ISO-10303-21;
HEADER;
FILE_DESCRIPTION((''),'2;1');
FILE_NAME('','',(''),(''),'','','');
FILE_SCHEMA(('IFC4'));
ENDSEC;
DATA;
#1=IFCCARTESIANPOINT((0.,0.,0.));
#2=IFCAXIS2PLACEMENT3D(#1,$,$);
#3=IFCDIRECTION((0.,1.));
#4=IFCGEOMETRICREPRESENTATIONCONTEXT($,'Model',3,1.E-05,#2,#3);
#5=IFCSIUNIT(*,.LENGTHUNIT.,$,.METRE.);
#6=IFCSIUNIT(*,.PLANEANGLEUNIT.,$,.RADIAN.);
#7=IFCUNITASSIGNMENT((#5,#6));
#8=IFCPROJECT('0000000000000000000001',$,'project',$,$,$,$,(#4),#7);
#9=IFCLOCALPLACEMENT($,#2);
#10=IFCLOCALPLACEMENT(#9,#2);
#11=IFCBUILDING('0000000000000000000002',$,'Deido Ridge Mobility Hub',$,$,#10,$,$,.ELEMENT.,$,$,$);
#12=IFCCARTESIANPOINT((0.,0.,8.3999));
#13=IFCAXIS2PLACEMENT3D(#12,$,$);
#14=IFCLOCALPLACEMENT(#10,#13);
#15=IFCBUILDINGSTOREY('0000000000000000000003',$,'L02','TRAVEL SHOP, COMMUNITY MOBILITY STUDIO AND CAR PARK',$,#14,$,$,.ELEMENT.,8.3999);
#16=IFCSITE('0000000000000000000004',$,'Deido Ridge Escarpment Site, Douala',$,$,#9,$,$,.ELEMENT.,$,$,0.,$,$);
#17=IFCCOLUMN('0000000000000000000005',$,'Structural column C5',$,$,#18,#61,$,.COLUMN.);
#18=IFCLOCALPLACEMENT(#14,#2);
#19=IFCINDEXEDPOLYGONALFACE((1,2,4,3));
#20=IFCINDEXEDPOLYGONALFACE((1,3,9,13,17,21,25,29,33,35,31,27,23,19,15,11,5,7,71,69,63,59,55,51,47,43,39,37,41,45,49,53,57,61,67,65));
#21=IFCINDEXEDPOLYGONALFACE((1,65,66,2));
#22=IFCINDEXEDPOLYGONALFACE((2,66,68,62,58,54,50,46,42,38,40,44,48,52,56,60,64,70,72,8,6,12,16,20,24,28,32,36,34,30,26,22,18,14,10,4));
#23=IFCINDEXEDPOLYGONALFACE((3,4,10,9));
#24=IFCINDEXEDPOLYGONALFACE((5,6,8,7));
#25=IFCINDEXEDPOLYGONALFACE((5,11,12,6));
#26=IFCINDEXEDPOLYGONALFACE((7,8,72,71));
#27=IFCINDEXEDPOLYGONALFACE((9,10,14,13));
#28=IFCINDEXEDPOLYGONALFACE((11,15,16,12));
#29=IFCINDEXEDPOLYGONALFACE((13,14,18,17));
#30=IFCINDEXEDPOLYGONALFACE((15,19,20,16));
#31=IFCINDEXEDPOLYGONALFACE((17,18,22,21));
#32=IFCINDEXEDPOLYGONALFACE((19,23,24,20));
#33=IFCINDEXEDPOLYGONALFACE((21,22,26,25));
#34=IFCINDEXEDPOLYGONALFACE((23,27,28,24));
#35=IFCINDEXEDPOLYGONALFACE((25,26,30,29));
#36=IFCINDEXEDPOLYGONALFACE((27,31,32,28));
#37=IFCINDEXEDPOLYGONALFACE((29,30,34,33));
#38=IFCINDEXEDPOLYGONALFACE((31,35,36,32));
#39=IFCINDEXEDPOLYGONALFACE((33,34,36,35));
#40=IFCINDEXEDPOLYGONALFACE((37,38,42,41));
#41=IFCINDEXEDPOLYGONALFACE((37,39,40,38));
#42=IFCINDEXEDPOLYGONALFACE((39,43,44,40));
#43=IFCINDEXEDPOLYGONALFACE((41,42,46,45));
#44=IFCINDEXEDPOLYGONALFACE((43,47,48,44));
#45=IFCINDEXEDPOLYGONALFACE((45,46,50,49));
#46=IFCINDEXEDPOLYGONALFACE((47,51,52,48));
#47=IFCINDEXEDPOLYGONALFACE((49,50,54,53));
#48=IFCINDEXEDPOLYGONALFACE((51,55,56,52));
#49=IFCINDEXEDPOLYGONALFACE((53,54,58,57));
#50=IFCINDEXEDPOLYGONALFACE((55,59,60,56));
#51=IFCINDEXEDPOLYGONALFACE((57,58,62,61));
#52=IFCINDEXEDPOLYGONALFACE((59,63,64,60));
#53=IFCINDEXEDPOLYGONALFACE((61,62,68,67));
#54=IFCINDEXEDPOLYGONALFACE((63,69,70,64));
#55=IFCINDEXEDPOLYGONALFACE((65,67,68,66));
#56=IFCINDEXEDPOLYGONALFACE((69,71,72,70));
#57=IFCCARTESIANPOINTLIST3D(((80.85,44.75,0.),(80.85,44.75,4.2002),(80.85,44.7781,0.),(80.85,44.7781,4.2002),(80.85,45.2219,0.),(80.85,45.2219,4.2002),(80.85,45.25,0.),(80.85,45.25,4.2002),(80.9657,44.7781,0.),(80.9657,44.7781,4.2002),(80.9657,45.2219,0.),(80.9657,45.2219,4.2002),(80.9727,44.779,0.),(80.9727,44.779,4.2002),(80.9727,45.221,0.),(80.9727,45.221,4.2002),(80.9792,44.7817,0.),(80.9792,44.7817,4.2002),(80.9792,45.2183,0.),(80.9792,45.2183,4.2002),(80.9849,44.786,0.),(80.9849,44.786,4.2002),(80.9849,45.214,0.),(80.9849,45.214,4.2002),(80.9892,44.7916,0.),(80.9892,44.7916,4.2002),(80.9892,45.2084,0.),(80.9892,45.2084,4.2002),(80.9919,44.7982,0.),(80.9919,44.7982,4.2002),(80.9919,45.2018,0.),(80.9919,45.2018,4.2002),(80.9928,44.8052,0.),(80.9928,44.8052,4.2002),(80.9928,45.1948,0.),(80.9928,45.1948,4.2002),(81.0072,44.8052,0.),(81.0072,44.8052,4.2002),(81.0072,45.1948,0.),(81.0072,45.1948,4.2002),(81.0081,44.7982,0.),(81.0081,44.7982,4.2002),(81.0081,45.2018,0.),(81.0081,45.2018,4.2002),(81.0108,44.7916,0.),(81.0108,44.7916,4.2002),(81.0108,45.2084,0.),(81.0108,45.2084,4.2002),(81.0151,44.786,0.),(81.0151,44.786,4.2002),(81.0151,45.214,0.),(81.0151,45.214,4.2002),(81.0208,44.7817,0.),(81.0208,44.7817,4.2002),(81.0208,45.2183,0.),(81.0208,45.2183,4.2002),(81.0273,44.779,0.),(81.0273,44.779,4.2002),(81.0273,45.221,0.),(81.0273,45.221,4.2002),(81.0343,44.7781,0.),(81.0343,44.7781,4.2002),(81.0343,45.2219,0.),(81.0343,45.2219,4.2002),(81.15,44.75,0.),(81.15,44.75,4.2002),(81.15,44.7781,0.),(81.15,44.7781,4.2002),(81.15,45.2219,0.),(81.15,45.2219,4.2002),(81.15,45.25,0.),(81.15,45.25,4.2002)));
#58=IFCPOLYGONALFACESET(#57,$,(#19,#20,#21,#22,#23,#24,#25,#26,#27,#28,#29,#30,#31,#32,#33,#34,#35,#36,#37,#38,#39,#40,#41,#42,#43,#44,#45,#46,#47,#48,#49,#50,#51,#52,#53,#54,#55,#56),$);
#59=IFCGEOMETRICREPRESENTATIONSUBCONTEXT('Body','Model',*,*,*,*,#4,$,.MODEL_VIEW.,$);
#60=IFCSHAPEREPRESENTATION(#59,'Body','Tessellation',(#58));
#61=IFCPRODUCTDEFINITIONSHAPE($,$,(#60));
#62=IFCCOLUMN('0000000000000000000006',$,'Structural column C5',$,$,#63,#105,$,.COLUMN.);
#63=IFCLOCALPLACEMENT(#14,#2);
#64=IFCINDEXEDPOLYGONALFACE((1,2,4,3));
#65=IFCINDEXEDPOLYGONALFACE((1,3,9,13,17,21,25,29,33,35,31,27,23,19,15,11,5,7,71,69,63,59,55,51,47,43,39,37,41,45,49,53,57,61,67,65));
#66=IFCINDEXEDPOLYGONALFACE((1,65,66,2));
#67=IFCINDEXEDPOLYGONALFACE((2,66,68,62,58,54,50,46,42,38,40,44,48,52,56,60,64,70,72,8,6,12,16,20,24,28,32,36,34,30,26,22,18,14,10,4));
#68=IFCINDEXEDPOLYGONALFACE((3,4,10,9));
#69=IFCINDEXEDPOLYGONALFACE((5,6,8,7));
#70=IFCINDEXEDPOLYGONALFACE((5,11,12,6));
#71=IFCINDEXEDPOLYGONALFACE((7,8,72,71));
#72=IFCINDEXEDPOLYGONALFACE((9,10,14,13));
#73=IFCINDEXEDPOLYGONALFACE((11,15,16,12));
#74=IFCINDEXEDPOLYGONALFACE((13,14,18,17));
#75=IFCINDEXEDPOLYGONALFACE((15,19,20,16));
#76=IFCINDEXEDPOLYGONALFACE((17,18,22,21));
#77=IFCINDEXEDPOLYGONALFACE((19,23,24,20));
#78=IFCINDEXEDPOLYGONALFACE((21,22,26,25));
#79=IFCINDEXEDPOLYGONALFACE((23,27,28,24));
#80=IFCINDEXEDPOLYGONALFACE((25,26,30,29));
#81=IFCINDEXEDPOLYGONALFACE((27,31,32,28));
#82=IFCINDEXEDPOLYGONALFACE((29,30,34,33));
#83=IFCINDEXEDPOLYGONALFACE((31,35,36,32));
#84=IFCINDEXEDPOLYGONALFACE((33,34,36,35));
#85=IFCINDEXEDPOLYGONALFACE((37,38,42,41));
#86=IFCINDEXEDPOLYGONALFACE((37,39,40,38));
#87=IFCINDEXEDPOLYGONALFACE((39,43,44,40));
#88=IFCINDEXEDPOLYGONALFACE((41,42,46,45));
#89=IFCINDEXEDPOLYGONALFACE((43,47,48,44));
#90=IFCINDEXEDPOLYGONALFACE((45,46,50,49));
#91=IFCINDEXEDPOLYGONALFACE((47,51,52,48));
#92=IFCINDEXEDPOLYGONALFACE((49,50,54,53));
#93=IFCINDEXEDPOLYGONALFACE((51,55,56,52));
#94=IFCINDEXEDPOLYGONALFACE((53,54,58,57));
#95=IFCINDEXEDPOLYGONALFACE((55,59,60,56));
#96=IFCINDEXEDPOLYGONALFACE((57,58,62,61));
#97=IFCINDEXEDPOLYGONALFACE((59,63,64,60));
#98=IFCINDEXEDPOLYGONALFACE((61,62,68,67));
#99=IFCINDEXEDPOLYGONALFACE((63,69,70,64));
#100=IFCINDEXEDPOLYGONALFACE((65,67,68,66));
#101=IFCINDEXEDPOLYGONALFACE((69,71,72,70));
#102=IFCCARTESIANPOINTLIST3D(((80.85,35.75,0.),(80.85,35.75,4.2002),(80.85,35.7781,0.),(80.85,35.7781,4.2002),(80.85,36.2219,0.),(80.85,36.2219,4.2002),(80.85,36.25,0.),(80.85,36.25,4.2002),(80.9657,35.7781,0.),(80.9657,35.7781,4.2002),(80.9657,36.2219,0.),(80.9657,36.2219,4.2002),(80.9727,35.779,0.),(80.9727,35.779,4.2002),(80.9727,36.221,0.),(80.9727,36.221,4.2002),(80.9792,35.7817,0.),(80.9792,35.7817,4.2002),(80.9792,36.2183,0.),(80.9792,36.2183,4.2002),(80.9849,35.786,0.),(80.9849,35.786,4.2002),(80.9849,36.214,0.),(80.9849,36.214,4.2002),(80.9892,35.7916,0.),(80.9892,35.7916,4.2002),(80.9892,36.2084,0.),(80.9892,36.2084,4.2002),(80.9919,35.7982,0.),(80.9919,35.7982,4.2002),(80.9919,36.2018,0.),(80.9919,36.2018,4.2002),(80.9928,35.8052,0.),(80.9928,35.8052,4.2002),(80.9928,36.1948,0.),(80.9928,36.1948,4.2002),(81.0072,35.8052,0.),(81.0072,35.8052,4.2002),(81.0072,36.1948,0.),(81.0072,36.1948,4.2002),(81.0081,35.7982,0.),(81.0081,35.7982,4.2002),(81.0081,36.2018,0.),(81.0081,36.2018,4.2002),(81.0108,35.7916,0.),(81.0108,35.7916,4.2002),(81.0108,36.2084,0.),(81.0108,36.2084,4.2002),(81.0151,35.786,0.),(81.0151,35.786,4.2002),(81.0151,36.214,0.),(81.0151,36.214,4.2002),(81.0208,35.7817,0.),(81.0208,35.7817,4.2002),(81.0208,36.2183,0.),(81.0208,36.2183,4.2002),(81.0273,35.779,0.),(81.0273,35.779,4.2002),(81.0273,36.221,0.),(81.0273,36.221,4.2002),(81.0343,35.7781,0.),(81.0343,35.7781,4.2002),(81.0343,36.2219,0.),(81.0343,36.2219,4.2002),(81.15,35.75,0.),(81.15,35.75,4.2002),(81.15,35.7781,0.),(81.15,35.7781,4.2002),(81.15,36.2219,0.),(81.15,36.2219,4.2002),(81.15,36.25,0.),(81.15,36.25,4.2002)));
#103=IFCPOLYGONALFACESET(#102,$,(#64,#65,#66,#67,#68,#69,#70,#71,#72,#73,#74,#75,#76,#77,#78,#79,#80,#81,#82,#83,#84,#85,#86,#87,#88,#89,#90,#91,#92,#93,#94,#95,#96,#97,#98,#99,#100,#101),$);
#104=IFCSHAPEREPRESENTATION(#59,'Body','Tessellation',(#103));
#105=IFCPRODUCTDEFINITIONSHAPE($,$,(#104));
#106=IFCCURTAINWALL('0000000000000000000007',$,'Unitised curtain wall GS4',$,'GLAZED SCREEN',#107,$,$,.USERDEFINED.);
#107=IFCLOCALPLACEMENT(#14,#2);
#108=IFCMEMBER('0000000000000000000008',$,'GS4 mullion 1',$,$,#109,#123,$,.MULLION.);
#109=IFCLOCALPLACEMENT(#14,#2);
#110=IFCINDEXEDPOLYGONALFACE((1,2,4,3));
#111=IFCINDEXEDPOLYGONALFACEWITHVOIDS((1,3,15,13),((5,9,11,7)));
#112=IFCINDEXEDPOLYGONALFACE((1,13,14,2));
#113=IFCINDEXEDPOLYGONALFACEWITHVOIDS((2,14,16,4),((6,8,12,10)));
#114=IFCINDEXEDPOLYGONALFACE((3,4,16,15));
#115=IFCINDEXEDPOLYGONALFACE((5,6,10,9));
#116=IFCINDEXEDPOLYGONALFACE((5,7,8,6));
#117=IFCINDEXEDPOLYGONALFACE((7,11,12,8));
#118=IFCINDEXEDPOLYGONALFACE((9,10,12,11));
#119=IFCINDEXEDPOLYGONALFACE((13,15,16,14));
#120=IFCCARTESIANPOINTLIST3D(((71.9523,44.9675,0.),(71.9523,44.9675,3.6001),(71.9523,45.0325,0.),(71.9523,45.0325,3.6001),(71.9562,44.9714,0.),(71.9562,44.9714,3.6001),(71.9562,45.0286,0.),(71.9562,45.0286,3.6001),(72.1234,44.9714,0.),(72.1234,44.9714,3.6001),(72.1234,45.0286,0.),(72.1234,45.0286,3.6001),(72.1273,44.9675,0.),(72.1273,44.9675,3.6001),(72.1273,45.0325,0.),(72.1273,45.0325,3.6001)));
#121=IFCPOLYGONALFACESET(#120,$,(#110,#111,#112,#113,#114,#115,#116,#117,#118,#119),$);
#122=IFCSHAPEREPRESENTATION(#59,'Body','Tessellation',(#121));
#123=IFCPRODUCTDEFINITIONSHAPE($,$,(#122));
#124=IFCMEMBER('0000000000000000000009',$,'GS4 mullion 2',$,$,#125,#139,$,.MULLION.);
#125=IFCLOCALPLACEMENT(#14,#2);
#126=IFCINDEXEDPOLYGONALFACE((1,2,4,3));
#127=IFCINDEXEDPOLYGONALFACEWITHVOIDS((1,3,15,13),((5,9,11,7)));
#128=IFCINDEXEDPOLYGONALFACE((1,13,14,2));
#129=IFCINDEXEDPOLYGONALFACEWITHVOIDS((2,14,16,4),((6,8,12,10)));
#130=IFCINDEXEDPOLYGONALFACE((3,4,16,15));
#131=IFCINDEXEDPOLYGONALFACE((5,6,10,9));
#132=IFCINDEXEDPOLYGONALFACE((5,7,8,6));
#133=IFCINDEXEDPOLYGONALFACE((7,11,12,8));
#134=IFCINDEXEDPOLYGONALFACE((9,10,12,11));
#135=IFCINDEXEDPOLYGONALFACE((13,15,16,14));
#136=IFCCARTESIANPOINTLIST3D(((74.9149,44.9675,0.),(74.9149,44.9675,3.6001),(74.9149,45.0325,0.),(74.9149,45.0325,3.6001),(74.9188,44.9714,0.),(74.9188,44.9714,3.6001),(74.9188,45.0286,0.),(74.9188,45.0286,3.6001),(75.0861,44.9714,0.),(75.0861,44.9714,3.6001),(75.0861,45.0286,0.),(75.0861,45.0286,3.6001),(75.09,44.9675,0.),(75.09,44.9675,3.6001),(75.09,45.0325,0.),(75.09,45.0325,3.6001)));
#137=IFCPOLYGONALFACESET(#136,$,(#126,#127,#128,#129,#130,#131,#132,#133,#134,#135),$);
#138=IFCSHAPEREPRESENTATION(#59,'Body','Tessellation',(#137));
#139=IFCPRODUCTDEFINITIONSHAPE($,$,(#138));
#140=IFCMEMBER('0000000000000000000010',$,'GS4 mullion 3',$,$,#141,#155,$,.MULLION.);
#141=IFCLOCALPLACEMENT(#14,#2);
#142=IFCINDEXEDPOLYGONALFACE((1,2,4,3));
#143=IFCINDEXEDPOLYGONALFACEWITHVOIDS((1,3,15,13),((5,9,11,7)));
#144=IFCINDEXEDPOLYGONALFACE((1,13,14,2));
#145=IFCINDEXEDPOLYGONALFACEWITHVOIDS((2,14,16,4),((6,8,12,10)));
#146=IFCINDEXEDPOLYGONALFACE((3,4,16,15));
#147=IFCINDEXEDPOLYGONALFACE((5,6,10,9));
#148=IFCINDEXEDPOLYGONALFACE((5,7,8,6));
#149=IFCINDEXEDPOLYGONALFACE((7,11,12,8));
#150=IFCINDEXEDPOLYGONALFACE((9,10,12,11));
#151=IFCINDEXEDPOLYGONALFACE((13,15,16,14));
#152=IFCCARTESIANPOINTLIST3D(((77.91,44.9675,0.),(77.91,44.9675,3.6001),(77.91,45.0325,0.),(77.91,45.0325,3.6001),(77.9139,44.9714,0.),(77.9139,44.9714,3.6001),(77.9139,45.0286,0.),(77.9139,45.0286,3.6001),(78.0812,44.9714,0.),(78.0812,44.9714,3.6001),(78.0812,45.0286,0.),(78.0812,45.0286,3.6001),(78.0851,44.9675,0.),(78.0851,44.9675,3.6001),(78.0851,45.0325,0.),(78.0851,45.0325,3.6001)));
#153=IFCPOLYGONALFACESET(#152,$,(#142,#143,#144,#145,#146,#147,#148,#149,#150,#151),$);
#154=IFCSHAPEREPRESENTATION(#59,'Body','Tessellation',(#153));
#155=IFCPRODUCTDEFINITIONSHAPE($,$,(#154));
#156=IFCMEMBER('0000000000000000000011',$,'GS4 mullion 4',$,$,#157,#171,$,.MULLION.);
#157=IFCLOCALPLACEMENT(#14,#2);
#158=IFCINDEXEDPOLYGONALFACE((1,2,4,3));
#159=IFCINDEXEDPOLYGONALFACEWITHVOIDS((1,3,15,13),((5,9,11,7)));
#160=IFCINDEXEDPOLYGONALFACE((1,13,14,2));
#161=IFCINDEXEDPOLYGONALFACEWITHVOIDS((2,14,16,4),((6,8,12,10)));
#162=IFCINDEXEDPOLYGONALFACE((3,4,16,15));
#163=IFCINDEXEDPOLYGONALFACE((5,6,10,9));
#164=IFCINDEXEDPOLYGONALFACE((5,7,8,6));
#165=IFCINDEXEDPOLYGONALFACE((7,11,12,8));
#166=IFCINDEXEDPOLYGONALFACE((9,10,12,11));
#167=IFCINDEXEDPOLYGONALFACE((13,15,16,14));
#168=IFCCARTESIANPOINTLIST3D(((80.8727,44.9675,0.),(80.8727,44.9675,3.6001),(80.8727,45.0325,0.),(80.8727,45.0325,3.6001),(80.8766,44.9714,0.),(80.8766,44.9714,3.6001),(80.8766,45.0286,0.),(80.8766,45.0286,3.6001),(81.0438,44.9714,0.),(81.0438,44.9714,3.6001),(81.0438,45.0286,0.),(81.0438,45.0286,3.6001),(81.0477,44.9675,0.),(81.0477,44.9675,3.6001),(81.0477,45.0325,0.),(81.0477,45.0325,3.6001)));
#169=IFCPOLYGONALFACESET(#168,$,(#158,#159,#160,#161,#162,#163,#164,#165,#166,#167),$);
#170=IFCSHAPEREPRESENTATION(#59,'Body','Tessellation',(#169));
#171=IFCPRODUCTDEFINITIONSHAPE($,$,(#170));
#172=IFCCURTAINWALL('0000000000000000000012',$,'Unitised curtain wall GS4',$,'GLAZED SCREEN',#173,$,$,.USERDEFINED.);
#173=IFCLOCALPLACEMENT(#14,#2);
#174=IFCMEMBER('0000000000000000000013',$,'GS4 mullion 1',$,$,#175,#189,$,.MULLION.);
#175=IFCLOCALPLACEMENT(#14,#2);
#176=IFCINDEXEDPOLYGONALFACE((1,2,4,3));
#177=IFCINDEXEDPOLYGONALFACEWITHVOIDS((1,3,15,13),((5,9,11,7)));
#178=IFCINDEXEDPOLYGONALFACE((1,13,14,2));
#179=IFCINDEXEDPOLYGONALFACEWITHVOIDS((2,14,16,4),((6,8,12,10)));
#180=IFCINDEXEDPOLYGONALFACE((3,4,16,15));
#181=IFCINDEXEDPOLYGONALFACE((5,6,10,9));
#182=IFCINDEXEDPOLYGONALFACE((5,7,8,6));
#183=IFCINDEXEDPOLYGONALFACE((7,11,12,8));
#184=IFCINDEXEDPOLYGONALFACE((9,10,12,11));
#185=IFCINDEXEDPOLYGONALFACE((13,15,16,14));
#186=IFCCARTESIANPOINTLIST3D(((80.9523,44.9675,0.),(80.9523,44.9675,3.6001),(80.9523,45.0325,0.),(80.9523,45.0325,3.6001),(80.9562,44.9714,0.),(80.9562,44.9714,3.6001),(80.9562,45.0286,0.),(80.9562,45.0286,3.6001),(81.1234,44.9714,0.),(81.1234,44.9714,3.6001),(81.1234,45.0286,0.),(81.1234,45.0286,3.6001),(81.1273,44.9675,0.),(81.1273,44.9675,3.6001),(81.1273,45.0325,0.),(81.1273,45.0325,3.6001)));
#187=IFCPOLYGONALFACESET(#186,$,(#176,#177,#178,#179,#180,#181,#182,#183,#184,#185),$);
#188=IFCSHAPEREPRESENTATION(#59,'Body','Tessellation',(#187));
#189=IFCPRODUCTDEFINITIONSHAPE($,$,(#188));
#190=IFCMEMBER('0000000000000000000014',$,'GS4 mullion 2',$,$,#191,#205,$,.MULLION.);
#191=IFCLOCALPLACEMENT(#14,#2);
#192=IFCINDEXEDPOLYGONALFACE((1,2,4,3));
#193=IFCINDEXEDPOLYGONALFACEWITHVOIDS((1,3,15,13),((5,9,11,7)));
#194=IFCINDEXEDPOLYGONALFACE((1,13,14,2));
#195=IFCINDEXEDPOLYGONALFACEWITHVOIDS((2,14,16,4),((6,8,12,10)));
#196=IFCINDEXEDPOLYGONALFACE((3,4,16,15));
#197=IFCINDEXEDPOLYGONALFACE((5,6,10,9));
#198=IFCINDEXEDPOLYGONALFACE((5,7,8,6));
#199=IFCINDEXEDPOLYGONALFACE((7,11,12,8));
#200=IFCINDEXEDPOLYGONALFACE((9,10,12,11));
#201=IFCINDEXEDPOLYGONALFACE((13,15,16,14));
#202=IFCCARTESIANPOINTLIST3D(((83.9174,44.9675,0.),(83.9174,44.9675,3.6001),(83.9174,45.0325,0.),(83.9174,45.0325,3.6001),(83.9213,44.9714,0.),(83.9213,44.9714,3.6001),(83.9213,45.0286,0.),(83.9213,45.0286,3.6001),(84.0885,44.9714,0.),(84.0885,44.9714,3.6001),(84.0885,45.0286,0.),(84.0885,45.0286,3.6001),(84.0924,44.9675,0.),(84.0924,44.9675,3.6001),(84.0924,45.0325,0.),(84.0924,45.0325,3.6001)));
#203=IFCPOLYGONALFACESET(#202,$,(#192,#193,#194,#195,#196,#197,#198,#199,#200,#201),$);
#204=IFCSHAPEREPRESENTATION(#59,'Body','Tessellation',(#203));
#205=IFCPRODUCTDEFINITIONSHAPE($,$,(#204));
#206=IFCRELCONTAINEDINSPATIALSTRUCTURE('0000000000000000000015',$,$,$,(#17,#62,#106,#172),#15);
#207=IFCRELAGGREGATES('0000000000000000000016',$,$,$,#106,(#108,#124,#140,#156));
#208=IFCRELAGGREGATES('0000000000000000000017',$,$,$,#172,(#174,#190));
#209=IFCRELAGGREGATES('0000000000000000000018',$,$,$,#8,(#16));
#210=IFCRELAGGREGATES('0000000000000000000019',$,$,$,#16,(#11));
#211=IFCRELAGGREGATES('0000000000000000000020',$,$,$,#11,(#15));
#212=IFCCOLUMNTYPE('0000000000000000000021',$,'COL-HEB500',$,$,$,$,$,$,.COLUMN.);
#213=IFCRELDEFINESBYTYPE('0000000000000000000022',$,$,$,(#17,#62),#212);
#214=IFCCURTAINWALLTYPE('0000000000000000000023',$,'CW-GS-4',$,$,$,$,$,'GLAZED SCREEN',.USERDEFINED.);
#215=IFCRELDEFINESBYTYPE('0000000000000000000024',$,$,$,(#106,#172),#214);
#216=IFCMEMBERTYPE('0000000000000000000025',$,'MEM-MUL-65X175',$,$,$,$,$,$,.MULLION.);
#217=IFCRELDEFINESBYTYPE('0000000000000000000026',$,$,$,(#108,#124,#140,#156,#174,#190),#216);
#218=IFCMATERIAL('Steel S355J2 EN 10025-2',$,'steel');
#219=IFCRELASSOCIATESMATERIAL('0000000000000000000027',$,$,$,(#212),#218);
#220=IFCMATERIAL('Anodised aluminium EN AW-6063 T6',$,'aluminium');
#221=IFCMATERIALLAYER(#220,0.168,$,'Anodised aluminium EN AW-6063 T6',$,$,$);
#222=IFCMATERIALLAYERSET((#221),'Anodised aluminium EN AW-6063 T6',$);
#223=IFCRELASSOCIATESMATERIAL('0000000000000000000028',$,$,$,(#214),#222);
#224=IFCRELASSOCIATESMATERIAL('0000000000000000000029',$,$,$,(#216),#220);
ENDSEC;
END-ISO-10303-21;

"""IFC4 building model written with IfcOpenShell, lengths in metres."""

from ifc_helpers import new_model, si_unit, direction, frame, origin, origin_2d, place, context, subcontext, project, spatial, hollow_rectangle, i_section, extrude, material, layer, layer_set, material_profile, profile_set, type_object, element, aggregate, save


model = new_model("IFC4")

# Units and contexts
model_context = context("Model", 3, precision=1e-05, world=origin(), true_north=direction((0.0, 1.0)))
body_context = subcontext(model_context, "Body", "Model", "MODEL_VIEW")
ifc_project = project(units=[si_unit("LENGTHUNIT", "METRE"), si_unit("PLANEANGLEUNIT", "RADIAN")], contexts=[model_context])

# Site, building, storey
site_placement = place(None, origin())
site = spatial("IfcSite", under=ifc_project, at=site_placement, Name="Deido Ridge Escarpment Site, Douala", CompositionType="ELEMENT", RefElevation=0.0)
building_placement = place(site_placement, origin())
building = spatial("IfcBuilding", under=site, at=building_placement, Name="Deido Ridge Mobility Hub", CompositionType="ELEMENT")
storey_placement = place(building_placement, frame((0.0, 0.0, 8.3999)))
storey = spatial("IfcBuildingStorey", under=building, at=storey_placement, Name="L02", Description="TRAVEL SHOP, COMMUNITY MOBILITY STUDIO AND CAR PARK", CompositionType="ELEMENT", Elevation=8.3999)

# Columns
ifc_material_1 = material(Name="Steel S355J2 EN 10025-2", Category="steel")
ifc_material_profile_1 = material_profile(ifc_material_1, i_section(OverallWidth=0.3, OverallDepth=0.5, WebThickness=0.0144, FlangeThickness=0.0281, FilletRadius=0.0271, at=origin_2d()), Name="HEB 500")
ifc_profile_set_1 = profile_set([ifc_material_profile_1], Name="Steel S355J2 EN 10025-2")
column_type = type_object("IfcColumnType", Name="COL-HEB500", PredefinedType="COLUMN", material=ifc_profile_set_1)
for number, where, z_axis, x_axis, name in (
    (1, (81.0, 45.0, 0.0), (0.0, 0.0, 1.0), (1.0, 0.0, 0.0), "Structural column C5"),
    (2, (81.0, 36.0, 0.0), (0.0, 0.0, 1.0), (1.0, 0.0, 0.0), "Structural column C5"),
):
    element("IfcColumn", number, at=place(storey_placement, frame(where, z_axis=z_axis, x_axis=x_axis)), inside=storey, type_object=column_type, Name=name, PredefinedType="COLUMN", context=body_context, shape_type="SweptSolid", body=[
        extrude(i_section(OverallWidth=0.3, OverallDepth=0.5, WebThickness=0.0144, FlangeThickness=0.0281, FilletRadius=0.0271, at=origin_2d()), origin(), (0.0, 0.0, 1.0), 4.2002),
    ])

# Curtain walls, members
ifc_material_2 = material(Name="Anodised aluminium EN AW-6063 T6", Category="aluminium")
ifc_layer_1 = layer(ifc_material_2, 0.168, Name="Anodised aluminium EN AW-6063 T6")
ifc_layer_set_1 = layer_set([ifc_layer_1], Name="Anodised aluminium EN AW-6063 T6")
curtain_wall_type = type_object("IfcCurtainWallType", Name="CW-GS-4", ElementType="GLAZED SCREEN", PredefinedType="USERDEFINED", material=ifc_layer_set_1)
curtain_wall_1_placement = place(storey_placement, origin())
curtain_wall_1 = element("IfcCurtainWall", 3, at=curtain_wall_1_placement, inside=storey, type_object=curtain_wall_type, Name="Unitised curtain wall GS4", ObjectType="GLAZED SCREEN", PredefinedType="USERDEFINED")
ifc_material_profile_2 = material_profile(ifc_material_2, hollow_rectangle(XDim=0.0649, YDim=0.175, WallThickness=0.0039, at=origin_2d()), Name="RHS 65x175x4")
ifc_profile_set_2 = profile_set([ifc_material_profile_2], Name="Anodised aluminium EN AW-6063 T6")
member_type_1 = type_object("IfcMemberType", Name="MEM-MUL-65X175", PredefinedType="MULLION", material=ifc_profile_set_2)
member_1_placement = place(storey_placement, frame((72.0398, 45.0, 0.0), z_axis=(0.0, 0.0, 1.0), x_axis=(0.0, 1.0, 0.0)))
member_1 = element("IfcMember", 4, at=member_1_placement, type_object=member_type_1, Name="GS4 mullion 1", PredefinedType="MULLION", context=body_context, shape_type="SweptSolid", body=[
    extrude(hollow_rectangle(XDim=0.0649, YDim=0.175, WallThickness=0.0039, at=origin_2d()), origin(), (0.0, 0.0, 1.0), 3.6001),
])
member_2_placement = place(storey_placement, frame((75.0024, 45.0, 0.0), z_axis=(0.0, 0.0, 1.0), x_axis=(0.0, 1.0, 0.0)))
member_2 = element("IfcMember", 5, at=member_2_placement, type_object=member_type_1, Name="GS4 mullion 2", PredefinedType="MULLION", context=body_context, shape_type="SweptSolid", body=[
    extrude(hollow_rectangle(XDim=0.0649, YDim=0.175, WallThickness=0.0039, at=origin_2d()), origin(), (0.0, 0.0, 1.0), 3.6001),
])
member_3_placement = place(storey_placement, frame((77.9976, 45.0, 0.0), z_axis=(0.0, 0.0, 1.0), x_axis=(0.0, 1.0, 0.0)))
member_3 = element("IfcMember", 6, at=member_3_placement, type_object=member_type_1, Name="GS4 mullion 3", PredefinedType="MULLION", context=body_context, shape_type="SweptSolid", body=[
    extrude(hollow_rectangle(XDim=0.0649, YDim=0.175, WallThickness=0.0039, at=origin_2d()), origin(), (0.0, 0.0, 1.0), 3.6001),
])
member_4_placement = place(storey_placement, frame((80.9602, 45.0, 0.0), z_axis=(0.0, 0.0, 1.0), x_axis=(0.0, 1.0, 0.0)))
member_4 = element("IfcMember", 7, at=member_4_placement, type_object=member_type_1, Name="GS4 mullion 4", PredefinedType="MULLION", context=body_context, shape_type="SweptSolid", body=[
    extrude(hollow_rectangle(XDim=0.0649, YDim=0.175, WallThickness=0.0039, at=origin_2d()), origin(), (0.0, 0.0, 1.0), 3.6001),
])
curtain_wall_2_placement = place(storey_placement, origin())
curtain_wall_2 = element("IfcCurtainWall", 8, at=curtain_wall_2_placement, inside=storey, type_object=curtain_wall_type, Name="Unitised curtain wall GS4", ObjectType="GLAZED SCREEN", PredefinedType="USERDEFINED")
member_5_placement = place(storey_placement, frame((81.0398, 45.0, 0.0), z_axis=(0.0, 0.0, 1.0), x_axis=(0.0, 1.0, 0.0)))
member_5 = element("IfcMember", 9, at=member_5_placement, type_object=member_type_1, Name="GS4 mullion 1", PredefinedType="MULLION", context=body_context, shape_type="SweptSolid", body=[
    extrude(hollow_rectangle(XDim=0.0649, YDim=0.175, WallThickness=0.0039, at=origin_2d()), origin(), (0.0, 0.0, 1.0), 3.6001),
])
member_6_placement = place(storey_placement, frame((84.0049, 45.0, 0.0), z_axis=(0.0, 0.0, 1.0), x_axis=(0.0, 1.0, 0.0)))
member_6 = element("IfcMember", 10, at=member_6_placement, type_object=member_type_1, Name="GS4 mullion 2", PredefinedType="MULLION", context=body_context, shape_type="SweptSolid", body=[
    extrude(hollow_rectangle(XDim=0.0649, YDim=0.175, WallThickness=0.0039, at=origin_2d()), origin(), (0.0, 0.0, 1.0), 3.6001),
])

aggregate(curtain_wall_1, [member_1, member_2, member_3, member_4])
aggregate(curtain_wall_2, [member_5, member_6])

save(model, "model.ifc")
